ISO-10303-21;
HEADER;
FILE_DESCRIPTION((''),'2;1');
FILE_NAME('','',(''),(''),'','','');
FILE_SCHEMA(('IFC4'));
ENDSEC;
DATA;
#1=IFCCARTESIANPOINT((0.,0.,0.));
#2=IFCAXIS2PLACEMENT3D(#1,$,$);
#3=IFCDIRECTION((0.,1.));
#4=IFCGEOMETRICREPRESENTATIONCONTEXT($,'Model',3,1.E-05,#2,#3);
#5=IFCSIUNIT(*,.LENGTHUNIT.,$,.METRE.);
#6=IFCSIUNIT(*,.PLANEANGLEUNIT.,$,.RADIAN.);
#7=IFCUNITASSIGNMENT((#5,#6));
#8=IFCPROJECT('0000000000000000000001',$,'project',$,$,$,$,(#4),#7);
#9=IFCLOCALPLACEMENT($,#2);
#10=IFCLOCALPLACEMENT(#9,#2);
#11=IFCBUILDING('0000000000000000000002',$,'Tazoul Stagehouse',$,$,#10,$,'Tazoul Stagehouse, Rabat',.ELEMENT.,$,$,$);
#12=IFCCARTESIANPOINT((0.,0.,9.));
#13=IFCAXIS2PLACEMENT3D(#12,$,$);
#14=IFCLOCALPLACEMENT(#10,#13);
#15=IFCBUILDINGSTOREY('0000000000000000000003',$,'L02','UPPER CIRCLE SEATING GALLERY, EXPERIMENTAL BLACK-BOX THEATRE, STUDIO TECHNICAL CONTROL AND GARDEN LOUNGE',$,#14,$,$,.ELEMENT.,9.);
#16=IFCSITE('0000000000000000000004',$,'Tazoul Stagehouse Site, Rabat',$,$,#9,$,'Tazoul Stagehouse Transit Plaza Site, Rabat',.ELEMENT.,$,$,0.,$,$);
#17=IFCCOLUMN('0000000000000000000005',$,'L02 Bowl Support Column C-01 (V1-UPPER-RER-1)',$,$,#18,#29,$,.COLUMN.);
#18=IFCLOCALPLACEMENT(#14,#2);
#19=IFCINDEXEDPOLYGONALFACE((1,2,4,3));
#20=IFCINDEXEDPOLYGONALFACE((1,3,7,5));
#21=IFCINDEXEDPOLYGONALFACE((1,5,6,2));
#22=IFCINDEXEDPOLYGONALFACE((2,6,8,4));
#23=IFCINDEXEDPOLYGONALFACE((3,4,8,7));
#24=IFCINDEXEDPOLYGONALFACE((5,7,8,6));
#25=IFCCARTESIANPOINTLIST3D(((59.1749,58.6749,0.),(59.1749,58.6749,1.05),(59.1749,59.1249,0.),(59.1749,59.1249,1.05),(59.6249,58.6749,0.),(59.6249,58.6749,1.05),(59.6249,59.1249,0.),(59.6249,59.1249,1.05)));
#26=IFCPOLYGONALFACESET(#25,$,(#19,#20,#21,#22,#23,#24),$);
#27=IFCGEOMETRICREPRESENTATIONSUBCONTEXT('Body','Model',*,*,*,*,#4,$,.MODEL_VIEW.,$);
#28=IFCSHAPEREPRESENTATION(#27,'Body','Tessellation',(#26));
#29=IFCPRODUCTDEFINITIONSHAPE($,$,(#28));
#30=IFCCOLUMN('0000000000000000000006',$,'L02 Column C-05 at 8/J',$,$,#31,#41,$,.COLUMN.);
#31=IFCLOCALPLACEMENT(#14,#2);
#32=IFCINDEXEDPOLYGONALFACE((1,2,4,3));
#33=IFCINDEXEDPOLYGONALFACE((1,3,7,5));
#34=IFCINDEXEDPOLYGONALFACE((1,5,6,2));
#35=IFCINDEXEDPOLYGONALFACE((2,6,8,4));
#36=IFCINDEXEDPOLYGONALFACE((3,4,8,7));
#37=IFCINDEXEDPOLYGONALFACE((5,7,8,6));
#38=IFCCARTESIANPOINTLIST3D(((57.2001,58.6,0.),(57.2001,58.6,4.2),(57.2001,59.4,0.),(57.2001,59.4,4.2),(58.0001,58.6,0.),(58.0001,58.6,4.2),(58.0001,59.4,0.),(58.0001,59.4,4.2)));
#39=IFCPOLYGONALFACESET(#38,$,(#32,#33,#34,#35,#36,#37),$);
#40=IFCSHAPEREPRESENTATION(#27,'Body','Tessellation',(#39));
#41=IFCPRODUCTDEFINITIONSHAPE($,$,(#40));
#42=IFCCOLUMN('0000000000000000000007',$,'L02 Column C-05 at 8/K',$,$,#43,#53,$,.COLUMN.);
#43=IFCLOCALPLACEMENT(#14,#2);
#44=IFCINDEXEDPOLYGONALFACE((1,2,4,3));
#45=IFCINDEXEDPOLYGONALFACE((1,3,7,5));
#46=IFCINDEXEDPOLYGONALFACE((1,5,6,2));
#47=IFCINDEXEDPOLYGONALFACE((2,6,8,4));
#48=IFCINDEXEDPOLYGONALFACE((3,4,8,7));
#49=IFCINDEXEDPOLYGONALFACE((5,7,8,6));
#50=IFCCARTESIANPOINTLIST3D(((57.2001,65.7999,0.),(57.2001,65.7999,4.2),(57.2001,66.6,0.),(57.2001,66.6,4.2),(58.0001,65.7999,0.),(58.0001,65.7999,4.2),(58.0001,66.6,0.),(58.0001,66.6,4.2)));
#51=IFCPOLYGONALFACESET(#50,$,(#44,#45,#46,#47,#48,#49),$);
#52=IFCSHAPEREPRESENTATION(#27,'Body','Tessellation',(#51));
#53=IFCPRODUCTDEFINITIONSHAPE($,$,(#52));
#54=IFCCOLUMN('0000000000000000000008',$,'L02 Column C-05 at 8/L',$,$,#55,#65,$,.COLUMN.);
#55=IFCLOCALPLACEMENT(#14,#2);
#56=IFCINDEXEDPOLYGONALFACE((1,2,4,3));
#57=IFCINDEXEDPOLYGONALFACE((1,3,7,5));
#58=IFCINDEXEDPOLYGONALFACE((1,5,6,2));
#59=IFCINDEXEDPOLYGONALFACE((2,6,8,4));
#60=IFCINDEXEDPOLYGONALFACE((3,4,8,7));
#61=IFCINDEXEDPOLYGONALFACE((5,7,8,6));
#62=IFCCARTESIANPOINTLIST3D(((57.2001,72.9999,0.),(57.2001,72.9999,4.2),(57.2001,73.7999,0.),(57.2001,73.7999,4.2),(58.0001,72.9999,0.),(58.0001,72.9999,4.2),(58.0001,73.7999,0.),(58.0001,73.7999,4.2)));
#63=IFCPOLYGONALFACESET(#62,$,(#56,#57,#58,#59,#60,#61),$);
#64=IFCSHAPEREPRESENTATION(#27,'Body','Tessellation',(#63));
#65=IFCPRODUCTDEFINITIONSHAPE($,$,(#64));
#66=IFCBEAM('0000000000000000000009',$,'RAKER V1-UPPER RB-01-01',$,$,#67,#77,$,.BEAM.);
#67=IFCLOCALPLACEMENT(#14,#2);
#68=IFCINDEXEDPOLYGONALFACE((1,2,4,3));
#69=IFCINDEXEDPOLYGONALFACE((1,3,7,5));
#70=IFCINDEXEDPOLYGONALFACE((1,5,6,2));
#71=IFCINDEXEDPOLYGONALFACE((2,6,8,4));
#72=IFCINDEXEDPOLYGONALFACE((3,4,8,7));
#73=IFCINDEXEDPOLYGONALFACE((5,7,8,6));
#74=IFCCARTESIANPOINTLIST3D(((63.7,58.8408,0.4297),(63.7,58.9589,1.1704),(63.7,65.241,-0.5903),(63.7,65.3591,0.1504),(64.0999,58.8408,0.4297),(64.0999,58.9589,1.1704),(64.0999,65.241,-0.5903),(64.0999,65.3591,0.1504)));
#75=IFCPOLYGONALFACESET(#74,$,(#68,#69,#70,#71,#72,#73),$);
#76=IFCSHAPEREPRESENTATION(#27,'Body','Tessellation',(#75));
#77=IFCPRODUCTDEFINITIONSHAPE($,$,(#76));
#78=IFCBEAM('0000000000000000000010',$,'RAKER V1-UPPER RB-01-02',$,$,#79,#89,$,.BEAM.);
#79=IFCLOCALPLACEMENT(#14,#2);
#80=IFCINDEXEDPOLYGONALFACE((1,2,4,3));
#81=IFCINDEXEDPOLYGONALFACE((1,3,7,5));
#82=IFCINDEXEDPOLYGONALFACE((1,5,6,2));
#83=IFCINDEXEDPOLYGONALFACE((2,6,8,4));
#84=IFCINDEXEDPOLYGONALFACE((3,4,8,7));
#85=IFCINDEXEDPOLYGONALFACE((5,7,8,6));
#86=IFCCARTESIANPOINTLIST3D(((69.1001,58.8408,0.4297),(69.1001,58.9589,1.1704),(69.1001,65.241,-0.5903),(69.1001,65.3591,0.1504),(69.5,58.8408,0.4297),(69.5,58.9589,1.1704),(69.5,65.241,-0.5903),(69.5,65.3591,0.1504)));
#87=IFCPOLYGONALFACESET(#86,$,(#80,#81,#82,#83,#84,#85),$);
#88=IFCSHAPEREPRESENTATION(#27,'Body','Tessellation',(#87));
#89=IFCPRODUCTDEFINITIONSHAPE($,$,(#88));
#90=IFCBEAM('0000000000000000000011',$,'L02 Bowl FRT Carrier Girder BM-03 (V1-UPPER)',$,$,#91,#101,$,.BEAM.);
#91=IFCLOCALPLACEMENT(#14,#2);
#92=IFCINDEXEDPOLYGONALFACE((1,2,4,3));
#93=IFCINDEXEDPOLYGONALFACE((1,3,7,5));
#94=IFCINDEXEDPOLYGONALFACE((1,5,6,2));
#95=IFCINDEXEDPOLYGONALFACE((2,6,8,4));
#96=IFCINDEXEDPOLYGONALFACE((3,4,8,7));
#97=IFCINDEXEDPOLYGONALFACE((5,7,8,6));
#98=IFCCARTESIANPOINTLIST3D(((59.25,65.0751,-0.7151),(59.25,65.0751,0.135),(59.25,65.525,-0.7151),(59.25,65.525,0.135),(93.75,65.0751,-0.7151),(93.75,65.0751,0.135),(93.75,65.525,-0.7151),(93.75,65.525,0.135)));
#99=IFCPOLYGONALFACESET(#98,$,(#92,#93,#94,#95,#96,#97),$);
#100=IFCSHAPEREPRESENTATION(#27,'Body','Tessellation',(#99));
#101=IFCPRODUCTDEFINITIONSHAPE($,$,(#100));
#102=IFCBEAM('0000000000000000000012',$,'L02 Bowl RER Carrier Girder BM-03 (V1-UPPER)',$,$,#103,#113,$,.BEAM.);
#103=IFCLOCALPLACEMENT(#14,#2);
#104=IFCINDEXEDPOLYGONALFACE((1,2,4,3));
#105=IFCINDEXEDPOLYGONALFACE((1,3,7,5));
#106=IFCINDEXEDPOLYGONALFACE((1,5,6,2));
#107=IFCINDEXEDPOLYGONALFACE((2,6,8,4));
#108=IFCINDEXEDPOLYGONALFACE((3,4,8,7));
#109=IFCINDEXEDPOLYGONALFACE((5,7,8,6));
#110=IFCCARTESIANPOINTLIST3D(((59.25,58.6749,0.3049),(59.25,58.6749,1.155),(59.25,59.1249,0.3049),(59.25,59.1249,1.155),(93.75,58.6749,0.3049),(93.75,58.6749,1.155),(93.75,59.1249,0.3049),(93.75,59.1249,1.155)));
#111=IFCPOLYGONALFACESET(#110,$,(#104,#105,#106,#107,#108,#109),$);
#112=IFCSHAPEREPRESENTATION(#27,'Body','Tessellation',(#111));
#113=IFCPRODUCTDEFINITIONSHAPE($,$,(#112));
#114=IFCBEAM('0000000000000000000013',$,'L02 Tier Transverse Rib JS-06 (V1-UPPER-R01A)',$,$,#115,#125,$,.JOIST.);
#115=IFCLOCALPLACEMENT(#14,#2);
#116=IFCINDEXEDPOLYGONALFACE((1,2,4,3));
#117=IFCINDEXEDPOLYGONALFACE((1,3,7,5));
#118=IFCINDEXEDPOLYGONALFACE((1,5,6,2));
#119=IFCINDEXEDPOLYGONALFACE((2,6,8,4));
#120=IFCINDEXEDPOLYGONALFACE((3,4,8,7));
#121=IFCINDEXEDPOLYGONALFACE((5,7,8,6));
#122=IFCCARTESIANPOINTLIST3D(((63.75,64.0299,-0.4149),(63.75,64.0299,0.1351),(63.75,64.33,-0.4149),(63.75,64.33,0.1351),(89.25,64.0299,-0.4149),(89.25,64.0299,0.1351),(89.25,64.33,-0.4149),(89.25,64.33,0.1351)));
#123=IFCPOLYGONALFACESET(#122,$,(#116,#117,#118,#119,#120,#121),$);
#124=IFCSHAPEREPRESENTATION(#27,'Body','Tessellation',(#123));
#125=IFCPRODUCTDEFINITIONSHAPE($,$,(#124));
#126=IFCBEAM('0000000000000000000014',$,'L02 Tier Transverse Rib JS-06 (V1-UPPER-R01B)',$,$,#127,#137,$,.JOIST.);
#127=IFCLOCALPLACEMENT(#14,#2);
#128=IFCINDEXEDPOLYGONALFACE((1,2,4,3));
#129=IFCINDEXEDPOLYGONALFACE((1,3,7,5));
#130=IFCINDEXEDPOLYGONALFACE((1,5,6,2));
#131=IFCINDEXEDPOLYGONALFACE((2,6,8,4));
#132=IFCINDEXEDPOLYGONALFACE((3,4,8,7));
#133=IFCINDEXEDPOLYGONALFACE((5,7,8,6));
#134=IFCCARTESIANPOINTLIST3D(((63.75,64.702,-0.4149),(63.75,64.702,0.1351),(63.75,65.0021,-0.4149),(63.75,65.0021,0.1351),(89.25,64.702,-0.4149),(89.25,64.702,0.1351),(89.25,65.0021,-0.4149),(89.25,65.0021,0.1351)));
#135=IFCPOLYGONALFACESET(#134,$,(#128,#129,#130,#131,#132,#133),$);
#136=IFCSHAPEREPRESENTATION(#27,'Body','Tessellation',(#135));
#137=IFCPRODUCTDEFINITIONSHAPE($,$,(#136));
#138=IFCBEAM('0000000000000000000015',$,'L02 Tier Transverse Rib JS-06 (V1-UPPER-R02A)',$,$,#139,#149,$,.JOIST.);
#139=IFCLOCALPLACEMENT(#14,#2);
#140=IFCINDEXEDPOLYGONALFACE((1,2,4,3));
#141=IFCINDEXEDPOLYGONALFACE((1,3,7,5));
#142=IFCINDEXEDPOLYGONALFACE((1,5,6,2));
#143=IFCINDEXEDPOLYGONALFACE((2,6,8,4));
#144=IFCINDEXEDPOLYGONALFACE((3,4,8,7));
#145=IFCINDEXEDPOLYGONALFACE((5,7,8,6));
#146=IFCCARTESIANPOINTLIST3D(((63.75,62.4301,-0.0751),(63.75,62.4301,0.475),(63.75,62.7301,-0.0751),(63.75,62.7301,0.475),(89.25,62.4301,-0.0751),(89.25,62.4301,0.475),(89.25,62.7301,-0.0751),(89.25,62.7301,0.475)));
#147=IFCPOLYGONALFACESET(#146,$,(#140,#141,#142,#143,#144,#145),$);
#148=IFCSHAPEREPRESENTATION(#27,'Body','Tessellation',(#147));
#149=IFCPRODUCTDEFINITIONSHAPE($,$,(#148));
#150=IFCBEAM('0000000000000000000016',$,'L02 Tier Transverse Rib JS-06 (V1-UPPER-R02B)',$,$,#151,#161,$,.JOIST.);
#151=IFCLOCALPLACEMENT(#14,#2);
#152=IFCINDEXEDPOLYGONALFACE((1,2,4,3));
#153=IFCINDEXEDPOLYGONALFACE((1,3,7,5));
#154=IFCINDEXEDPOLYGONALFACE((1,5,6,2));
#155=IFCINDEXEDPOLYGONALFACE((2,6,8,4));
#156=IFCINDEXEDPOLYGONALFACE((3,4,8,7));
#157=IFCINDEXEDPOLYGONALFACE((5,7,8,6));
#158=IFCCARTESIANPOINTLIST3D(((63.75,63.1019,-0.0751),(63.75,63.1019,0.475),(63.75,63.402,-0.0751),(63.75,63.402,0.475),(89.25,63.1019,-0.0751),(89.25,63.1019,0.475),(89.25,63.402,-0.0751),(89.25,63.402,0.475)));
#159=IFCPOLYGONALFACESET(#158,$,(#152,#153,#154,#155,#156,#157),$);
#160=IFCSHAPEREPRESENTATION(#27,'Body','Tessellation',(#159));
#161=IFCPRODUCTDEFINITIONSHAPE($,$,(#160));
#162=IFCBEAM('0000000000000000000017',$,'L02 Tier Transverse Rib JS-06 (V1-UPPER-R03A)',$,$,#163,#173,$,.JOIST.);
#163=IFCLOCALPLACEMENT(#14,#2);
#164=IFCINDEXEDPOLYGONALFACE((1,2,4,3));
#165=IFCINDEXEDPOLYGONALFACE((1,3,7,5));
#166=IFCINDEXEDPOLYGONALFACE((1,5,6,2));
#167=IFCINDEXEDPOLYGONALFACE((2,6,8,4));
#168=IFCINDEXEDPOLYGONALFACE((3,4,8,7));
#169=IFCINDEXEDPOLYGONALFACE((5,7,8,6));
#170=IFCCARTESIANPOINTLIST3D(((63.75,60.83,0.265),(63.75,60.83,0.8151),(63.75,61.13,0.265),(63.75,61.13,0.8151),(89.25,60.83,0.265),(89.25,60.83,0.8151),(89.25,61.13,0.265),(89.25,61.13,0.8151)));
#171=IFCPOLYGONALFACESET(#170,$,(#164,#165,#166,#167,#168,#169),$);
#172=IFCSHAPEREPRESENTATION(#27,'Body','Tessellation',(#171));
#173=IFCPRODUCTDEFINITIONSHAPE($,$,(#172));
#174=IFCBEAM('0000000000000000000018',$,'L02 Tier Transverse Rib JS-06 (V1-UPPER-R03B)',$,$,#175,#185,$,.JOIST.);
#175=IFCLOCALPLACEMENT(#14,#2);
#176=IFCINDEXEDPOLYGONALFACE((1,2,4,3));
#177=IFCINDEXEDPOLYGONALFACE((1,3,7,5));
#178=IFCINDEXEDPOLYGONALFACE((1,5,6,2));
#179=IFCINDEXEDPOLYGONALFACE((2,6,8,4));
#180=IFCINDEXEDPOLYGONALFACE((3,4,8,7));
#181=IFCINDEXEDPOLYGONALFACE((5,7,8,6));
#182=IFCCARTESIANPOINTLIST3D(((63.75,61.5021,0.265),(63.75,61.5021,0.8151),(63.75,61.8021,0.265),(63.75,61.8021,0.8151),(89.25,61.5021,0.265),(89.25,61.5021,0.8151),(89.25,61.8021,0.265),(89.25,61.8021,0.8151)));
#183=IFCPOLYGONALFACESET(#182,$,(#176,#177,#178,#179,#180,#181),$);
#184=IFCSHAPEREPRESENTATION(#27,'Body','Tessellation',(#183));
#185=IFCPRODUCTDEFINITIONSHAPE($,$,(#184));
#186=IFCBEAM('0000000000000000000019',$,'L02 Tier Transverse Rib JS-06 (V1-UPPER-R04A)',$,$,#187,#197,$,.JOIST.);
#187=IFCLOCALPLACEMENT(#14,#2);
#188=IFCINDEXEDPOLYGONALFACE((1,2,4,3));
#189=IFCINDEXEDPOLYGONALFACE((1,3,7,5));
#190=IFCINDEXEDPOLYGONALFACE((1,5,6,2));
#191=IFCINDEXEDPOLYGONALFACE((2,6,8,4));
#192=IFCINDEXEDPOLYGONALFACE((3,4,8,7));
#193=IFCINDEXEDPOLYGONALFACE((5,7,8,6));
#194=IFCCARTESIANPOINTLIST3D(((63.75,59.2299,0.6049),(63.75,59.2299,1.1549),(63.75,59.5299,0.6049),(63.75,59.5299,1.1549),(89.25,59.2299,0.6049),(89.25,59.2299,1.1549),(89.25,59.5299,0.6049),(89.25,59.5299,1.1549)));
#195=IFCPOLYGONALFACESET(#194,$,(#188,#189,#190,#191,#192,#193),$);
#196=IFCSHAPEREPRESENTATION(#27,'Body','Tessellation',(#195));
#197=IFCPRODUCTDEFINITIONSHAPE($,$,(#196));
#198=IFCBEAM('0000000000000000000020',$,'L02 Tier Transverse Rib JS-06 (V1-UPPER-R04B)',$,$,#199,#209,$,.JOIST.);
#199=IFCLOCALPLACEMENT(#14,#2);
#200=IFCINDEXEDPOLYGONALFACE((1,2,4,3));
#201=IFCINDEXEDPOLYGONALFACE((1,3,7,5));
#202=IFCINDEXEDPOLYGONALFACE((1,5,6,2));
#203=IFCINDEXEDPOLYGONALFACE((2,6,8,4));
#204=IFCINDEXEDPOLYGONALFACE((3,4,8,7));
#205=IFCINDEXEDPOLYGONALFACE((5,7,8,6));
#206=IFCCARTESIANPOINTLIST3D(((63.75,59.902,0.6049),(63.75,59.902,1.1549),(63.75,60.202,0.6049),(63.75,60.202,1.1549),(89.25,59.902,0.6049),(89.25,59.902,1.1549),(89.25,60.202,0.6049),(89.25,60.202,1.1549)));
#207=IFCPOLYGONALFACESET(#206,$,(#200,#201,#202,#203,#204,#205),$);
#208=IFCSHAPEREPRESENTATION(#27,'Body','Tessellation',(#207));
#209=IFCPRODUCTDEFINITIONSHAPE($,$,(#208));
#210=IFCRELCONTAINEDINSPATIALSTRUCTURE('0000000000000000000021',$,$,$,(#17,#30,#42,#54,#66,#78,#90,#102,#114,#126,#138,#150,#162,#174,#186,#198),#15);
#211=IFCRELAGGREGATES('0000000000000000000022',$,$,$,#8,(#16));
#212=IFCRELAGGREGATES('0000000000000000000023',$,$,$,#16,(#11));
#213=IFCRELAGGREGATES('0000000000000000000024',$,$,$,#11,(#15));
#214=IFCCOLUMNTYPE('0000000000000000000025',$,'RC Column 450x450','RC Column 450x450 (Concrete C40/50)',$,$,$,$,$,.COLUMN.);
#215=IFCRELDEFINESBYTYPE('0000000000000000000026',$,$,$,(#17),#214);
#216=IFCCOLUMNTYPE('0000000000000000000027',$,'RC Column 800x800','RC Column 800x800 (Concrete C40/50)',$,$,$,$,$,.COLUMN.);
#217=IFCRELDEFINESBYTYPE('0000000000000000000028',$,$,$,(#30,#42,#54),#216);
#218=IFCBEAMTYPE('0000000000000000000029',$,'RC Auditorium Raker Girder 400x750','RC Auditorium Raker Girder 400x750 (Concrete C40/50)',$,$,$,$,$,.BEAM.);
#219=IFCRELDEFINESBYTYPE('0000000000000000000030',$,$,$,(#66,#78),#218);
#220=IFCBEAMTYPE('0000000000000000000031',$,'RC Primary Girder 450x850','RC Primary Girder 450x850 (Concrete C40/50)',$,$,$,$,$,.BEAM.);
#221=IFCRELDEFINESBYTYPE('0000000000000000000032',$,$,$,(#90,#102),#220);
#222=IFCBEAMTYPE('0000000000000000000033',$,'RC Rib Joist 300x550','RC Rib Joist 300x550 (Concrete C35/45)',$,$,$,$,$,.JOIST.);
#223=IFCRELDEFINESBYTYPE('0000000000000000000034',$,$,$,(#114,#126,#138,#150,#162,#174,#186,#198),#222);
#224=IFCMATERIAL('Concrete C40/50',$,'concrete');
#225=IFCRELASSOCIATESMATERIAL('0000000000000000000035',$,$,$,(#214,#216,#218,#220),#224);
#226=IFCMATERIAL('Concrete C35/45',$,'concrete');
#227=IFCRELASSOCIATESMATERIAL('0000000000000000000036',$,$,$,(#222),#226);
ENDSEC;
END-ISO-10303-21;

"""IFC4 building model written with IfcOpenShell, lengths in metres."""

from ifc_helpers import new_model, si_unit, direction, frame, origin, origin_2d, place, context, subcontext, project, spatial, rectangle, extrude, material, material_profile, profile_set, type_object, element, save


model = new_model("IFC4")

# Units and contexts
model_context = context("Model", 3, precision=1e-05, world=origin(), true_north=direction((0.0, 1.0)))
body_context = subcontext(model_context, "Body", "Model", "MODEL_VIEW")
ifc_project = project(units=[si_unit("LENGTHUNIT", "METRE"), si_unit("PLANEANGLEUNIT", "RADIAN")], contexts=[model_context])

# Site, building, storey
site_placement = place(None, origin())
site = spatial("IfcSite", under=ifc_project, at=site_placement, Name="Tazoul Stagehouse Site, Rabat", LongName="Tazoul Stagehouse Transit Plaza Site, Rabat", CompositionType="ELEMENT", RefElevation=0.0)
building_placement = place(site_placement, origin())
building = spatial("IfcBuilding", under=site, at=building_placement, Name="Tazoul Stagehouse", LongName="Tazoul Stagehouse, Rabat", CompositionType="ELEMENT")
storey_placement = place(building_placement, frame((0.0, 0.0, 9.0)))
storey = spatial("IfcBuildingStorey", under=building, at=storey_placement, Name="L02", Description="UPPER CIRCLE SEATING GALLERY, EXPERIMENTAL BLACK-BOX THEATRE, STUDIO TECHNICAL CONTROL AND GARDEN LOUNGE", CompositionType="ELEMENT", Elevation=9.0)

# Columns
ifc_material_1 = material(Name="Concrete C40/50", Category="concrete")
ifc_material_profile_1 = material_profile(ifc_material_1, rectangle(XDim=0.45, YDim=0.45, at=origin_2d()), Name="RC 450x450")
ifc_profile_set_1 = profile_set([ifc_material_profile_1], Name="Concrete C40/50")
column_type_1 = type_object("IfcColumnType", Name="RC Column 450x450", Description="RC Column 450x450 (Concrete C40/50)", PredefinedType="COLUMN", material=ifc_profile_set_1)
column_placement = place(storey_placement, frame((59.3999, 58.8999, 0.0), z_axis=(0.0, 0.0, 1.0), x_axis=(1.0, 0.0, 0.0)))
element("IfcColumn", 1, at=column_placement, inside=storey, type_object=column_type_1, Name="L02 Bowl Support Column C-01 (V1-UPPER-RER-1)", PredefinedType="COLUMN", context=body_context, shape_type="SweptSolid", body=[
    extrude(rectangle(XDim=0.45, YDim=0.45, at=origin_2d()), origin(), (0.0, 0.0, 1.0), 1.05),
])
ifc_material_profile_2 = material_profile(ifc_material_1, rectangle(XDim=0.8, YDim=0.8, at=origin_2d()), Name="RC 800x800")
ifc_profile_set_2 = profile_set([ifc_material_profile_2], Name="Concrete C40/50")
column_type_2 = type_object("IfcColumnType", Name="RC Column 800x800", Description="RC Column 800x800 (Concrete C40/50)", PredefinedType="COLUMN", material=ifc_profile_set_2)
for number, where, z_axis, x_axis, name in (
    (2, (57.6001, 59.0, 0.0), (0.0, 0.0, 1.0), (1.0, 0.0, 0.0), "L02 Column C-05 at 8/J"),
    (3, (57.6001, 66.2, 0.0), (0.0, 0.0, 1.0), (1.0, 0.0, 0.0), "L02 Column C-05 at 8/K"),
    (4, (57.6001, 73.3999, 0.0), (0.0, 0.0, 1.0), (1.0, 0.0, 0.0), "L02 Column C-05 at 8/L"),
):
    element("IfcColumn", number, at=place(storey_placement, frame(where, z_axis=z_axis, x_axis=x_axis)), inside=storey, type_object=column_type_2, Name=name, PredefinedType="COLUMN", context=body_context, shape_type="SweptSolid", body=[
        extrude(rectangle(XDim=0.8, YDim=0.8, at=origin_2d()), origin(), (0.0, 0.0, 1.0), 4.2),
    ])

# Beams
ifc_material_profile_3 = material_profile(ifc_material_1, rectangle(XDim=0.3999, YDim=0.75, at=origin_2d()), Name="RC 400x750")
ifc_profile_set_3 = profile_set([ifc_material_profile_3], Name="Concrete C40/50")
beam_type_1 = type_object("IfcBeamType", Name="RC Auditorium Raker Girder 400x750", Description="RC Auditorium Raker Girder 400x750 (Concrete C40/50)", PredefinedType="BEAM", material=ifc_profile_set_3)
for number, where, z_axis, x_axis, name in (
    (5, (63.8999, 65.3, -0.22), (0.0, -0.987537, 0.157388), (1.0, 0.0, 0.0), "RAKER V1-UPPER RB-01-01"),
    (6, (69.3, 65.3, -0.22), (0.0, -0.987537, 0.157388), (1.0, 0.0, 0.0), "RAKER V1-UPPER RB-01-02"),
):
    element("IfcBeam", number, at=place(storey_placement, frame(where, z_axis=z_axis, x_axis=x_axis)), inside=storey, type_object=beam_type_1, Name=name, PredefinedType="BEAM", context=body_context, shape_type="SweptSolid", body=[
        extrude(rectangle(XDim=0.3999, YDim=0.75, at=origin_2d()), origin(), (0.0, 0.0, 1.0), 6.481),
    ])
ifc_material_profile_4 = material_profile(ifc_material_1, rectangle(XDim=0.45, YDim=0.8501, at=origin_2d()), Name="RC 450x850")
ifc_profile_set_4 = profile_set([ifc_material_profile_4], Name="Concrete C40/50")
beam_type_2 = type_object("IfcBeamType", Name="RC Primary Girder 450x850", Description="RC Primary Girder 450x850 (Concrete C40/50)", PredefinedType="BEAM", material=ifc_profile_set_4)
for number, where, z_axis, x_axis, name in (
    (7, (59.25, 65.3, -0.29), (1.0, 0.0, 0.0), (0.0, 1.0, 0.0), "L02 Bowl FRT Carrier Girder BM-03 (V1-UPPER)"),
    (8, (59.25, 58.8999, 0.73), (1.0, 0.0, 0.0), (0.0, 1.0, 0.0), "L02 Bowl RER Carrier Girder BM-03 (V1-UPPER)"),
):
    element("IfcBeam", number, at=place(storey_placement, frame(where, z_axis=z_axis, x_axis=x_axis)), inside=storey, type_object=beam_type_2, Name=name, PredefinedType="BEAM", context=body_context, shape_type="SweptSolid", body=[
        extrude(rectangle(XDim=0.45, YDim=0.8501, at=origin_2d()), origin(), (0.0, 0.0, 1.0), 34.5),
    ])
ifc_material_2 = material(Name="Concrete C35/45", Category="concrete")
ifc_material_profile_5 = material_profile(ifc_material_2, rectangle(XDim=0.3, YDim=0.55, at=origin_2d()), Name="RC 300x550")
ifc_profile_set_5 = profile_set([ifc_material_profile_5], Name="Concrete C35/45")
beam_type_3 = type_object("IfcBeamType", Name="RC Rib Joist 300x550", Description="RC Rib Joist 300x550 (Concrete C35/45)", PredefinedType="JOIST", material=ifc_profile_set_5)
for number, where, z_axis, x_axis, name in (
    (9, (63.75, 64.1799, -0.1399), (1.0, 0.0, 0.0), (0.0, 1.0, 0.0), "L02 Tier Transverse Rib JS-06 (V1-UPPER-R01A)"),
    (10, (63.75, 64.8521, -0.1399), (1.0, 0.0, 0.0), (0.0, 1.0, 0.0), "L02 Tier Transverse Rib JS-06 (V1-UPPER-R01B)"),
    (11, (63.75, 62.5801, 0.2), (1.0, 0.0, 0.0), (0.0, 1.0, 0.0), "L02 Tier Transverse Rib JS-06 (V1-UPPER-R02A)"),
    (12, (63.75, 63.252, 0.2), (1.0, 0.0, 0.0), (0.0, 1.0, 0.0), "L02 Tier Transverse Rib JS-06 (V1-UPPER-R02B)"),
    (13, (63.75, 60.98, 0.54), (1.0, 0.0, 0.0), (0.0, 1.0, 0.0), "L02 Tier Transverse Rib JS-06 (V1-UPPER-R03A)"),
    (14, (63.75, 61.6521, 0.54), (1.0, 0.0, 0.0), (0.0, 1.0, 0.0), "L02 Tier Transverse Rib JS-06 (V1-UPPER-R03B)"),
    (15, (63.75, 59.3799, 0.8799), (1.0, 0.0, 0.0), (0.0, 1.0, 0.0), "L02 Tier Transverse Rib JS-06 (V1-UPPER-R04A)"),
    (16, (63.75, 60.052, 0.8799), (1.0, 0.0, 0.0), (0.0, 1.0, 0.0), "L02 Tier Transverse Rib JS-06 (V1-UPPER-R04B)"),
):
    element("IfcBeam", number, at=place(storey_placement, frame(where, z_axis=z_axis, x_axis=x_axis)), inside=storey, type_object=beam_type_3, Name=name, PredefinedType="JOIST", context=body_context, shape_type="SweptSolid", body=[
        extrude(rectangle(XDim=0.3, YDim=0.55, at=origin_2d()), origin(), (0.0, 0.0, 1.0), 25.5),
    ])

save(model, "model.ifc")
